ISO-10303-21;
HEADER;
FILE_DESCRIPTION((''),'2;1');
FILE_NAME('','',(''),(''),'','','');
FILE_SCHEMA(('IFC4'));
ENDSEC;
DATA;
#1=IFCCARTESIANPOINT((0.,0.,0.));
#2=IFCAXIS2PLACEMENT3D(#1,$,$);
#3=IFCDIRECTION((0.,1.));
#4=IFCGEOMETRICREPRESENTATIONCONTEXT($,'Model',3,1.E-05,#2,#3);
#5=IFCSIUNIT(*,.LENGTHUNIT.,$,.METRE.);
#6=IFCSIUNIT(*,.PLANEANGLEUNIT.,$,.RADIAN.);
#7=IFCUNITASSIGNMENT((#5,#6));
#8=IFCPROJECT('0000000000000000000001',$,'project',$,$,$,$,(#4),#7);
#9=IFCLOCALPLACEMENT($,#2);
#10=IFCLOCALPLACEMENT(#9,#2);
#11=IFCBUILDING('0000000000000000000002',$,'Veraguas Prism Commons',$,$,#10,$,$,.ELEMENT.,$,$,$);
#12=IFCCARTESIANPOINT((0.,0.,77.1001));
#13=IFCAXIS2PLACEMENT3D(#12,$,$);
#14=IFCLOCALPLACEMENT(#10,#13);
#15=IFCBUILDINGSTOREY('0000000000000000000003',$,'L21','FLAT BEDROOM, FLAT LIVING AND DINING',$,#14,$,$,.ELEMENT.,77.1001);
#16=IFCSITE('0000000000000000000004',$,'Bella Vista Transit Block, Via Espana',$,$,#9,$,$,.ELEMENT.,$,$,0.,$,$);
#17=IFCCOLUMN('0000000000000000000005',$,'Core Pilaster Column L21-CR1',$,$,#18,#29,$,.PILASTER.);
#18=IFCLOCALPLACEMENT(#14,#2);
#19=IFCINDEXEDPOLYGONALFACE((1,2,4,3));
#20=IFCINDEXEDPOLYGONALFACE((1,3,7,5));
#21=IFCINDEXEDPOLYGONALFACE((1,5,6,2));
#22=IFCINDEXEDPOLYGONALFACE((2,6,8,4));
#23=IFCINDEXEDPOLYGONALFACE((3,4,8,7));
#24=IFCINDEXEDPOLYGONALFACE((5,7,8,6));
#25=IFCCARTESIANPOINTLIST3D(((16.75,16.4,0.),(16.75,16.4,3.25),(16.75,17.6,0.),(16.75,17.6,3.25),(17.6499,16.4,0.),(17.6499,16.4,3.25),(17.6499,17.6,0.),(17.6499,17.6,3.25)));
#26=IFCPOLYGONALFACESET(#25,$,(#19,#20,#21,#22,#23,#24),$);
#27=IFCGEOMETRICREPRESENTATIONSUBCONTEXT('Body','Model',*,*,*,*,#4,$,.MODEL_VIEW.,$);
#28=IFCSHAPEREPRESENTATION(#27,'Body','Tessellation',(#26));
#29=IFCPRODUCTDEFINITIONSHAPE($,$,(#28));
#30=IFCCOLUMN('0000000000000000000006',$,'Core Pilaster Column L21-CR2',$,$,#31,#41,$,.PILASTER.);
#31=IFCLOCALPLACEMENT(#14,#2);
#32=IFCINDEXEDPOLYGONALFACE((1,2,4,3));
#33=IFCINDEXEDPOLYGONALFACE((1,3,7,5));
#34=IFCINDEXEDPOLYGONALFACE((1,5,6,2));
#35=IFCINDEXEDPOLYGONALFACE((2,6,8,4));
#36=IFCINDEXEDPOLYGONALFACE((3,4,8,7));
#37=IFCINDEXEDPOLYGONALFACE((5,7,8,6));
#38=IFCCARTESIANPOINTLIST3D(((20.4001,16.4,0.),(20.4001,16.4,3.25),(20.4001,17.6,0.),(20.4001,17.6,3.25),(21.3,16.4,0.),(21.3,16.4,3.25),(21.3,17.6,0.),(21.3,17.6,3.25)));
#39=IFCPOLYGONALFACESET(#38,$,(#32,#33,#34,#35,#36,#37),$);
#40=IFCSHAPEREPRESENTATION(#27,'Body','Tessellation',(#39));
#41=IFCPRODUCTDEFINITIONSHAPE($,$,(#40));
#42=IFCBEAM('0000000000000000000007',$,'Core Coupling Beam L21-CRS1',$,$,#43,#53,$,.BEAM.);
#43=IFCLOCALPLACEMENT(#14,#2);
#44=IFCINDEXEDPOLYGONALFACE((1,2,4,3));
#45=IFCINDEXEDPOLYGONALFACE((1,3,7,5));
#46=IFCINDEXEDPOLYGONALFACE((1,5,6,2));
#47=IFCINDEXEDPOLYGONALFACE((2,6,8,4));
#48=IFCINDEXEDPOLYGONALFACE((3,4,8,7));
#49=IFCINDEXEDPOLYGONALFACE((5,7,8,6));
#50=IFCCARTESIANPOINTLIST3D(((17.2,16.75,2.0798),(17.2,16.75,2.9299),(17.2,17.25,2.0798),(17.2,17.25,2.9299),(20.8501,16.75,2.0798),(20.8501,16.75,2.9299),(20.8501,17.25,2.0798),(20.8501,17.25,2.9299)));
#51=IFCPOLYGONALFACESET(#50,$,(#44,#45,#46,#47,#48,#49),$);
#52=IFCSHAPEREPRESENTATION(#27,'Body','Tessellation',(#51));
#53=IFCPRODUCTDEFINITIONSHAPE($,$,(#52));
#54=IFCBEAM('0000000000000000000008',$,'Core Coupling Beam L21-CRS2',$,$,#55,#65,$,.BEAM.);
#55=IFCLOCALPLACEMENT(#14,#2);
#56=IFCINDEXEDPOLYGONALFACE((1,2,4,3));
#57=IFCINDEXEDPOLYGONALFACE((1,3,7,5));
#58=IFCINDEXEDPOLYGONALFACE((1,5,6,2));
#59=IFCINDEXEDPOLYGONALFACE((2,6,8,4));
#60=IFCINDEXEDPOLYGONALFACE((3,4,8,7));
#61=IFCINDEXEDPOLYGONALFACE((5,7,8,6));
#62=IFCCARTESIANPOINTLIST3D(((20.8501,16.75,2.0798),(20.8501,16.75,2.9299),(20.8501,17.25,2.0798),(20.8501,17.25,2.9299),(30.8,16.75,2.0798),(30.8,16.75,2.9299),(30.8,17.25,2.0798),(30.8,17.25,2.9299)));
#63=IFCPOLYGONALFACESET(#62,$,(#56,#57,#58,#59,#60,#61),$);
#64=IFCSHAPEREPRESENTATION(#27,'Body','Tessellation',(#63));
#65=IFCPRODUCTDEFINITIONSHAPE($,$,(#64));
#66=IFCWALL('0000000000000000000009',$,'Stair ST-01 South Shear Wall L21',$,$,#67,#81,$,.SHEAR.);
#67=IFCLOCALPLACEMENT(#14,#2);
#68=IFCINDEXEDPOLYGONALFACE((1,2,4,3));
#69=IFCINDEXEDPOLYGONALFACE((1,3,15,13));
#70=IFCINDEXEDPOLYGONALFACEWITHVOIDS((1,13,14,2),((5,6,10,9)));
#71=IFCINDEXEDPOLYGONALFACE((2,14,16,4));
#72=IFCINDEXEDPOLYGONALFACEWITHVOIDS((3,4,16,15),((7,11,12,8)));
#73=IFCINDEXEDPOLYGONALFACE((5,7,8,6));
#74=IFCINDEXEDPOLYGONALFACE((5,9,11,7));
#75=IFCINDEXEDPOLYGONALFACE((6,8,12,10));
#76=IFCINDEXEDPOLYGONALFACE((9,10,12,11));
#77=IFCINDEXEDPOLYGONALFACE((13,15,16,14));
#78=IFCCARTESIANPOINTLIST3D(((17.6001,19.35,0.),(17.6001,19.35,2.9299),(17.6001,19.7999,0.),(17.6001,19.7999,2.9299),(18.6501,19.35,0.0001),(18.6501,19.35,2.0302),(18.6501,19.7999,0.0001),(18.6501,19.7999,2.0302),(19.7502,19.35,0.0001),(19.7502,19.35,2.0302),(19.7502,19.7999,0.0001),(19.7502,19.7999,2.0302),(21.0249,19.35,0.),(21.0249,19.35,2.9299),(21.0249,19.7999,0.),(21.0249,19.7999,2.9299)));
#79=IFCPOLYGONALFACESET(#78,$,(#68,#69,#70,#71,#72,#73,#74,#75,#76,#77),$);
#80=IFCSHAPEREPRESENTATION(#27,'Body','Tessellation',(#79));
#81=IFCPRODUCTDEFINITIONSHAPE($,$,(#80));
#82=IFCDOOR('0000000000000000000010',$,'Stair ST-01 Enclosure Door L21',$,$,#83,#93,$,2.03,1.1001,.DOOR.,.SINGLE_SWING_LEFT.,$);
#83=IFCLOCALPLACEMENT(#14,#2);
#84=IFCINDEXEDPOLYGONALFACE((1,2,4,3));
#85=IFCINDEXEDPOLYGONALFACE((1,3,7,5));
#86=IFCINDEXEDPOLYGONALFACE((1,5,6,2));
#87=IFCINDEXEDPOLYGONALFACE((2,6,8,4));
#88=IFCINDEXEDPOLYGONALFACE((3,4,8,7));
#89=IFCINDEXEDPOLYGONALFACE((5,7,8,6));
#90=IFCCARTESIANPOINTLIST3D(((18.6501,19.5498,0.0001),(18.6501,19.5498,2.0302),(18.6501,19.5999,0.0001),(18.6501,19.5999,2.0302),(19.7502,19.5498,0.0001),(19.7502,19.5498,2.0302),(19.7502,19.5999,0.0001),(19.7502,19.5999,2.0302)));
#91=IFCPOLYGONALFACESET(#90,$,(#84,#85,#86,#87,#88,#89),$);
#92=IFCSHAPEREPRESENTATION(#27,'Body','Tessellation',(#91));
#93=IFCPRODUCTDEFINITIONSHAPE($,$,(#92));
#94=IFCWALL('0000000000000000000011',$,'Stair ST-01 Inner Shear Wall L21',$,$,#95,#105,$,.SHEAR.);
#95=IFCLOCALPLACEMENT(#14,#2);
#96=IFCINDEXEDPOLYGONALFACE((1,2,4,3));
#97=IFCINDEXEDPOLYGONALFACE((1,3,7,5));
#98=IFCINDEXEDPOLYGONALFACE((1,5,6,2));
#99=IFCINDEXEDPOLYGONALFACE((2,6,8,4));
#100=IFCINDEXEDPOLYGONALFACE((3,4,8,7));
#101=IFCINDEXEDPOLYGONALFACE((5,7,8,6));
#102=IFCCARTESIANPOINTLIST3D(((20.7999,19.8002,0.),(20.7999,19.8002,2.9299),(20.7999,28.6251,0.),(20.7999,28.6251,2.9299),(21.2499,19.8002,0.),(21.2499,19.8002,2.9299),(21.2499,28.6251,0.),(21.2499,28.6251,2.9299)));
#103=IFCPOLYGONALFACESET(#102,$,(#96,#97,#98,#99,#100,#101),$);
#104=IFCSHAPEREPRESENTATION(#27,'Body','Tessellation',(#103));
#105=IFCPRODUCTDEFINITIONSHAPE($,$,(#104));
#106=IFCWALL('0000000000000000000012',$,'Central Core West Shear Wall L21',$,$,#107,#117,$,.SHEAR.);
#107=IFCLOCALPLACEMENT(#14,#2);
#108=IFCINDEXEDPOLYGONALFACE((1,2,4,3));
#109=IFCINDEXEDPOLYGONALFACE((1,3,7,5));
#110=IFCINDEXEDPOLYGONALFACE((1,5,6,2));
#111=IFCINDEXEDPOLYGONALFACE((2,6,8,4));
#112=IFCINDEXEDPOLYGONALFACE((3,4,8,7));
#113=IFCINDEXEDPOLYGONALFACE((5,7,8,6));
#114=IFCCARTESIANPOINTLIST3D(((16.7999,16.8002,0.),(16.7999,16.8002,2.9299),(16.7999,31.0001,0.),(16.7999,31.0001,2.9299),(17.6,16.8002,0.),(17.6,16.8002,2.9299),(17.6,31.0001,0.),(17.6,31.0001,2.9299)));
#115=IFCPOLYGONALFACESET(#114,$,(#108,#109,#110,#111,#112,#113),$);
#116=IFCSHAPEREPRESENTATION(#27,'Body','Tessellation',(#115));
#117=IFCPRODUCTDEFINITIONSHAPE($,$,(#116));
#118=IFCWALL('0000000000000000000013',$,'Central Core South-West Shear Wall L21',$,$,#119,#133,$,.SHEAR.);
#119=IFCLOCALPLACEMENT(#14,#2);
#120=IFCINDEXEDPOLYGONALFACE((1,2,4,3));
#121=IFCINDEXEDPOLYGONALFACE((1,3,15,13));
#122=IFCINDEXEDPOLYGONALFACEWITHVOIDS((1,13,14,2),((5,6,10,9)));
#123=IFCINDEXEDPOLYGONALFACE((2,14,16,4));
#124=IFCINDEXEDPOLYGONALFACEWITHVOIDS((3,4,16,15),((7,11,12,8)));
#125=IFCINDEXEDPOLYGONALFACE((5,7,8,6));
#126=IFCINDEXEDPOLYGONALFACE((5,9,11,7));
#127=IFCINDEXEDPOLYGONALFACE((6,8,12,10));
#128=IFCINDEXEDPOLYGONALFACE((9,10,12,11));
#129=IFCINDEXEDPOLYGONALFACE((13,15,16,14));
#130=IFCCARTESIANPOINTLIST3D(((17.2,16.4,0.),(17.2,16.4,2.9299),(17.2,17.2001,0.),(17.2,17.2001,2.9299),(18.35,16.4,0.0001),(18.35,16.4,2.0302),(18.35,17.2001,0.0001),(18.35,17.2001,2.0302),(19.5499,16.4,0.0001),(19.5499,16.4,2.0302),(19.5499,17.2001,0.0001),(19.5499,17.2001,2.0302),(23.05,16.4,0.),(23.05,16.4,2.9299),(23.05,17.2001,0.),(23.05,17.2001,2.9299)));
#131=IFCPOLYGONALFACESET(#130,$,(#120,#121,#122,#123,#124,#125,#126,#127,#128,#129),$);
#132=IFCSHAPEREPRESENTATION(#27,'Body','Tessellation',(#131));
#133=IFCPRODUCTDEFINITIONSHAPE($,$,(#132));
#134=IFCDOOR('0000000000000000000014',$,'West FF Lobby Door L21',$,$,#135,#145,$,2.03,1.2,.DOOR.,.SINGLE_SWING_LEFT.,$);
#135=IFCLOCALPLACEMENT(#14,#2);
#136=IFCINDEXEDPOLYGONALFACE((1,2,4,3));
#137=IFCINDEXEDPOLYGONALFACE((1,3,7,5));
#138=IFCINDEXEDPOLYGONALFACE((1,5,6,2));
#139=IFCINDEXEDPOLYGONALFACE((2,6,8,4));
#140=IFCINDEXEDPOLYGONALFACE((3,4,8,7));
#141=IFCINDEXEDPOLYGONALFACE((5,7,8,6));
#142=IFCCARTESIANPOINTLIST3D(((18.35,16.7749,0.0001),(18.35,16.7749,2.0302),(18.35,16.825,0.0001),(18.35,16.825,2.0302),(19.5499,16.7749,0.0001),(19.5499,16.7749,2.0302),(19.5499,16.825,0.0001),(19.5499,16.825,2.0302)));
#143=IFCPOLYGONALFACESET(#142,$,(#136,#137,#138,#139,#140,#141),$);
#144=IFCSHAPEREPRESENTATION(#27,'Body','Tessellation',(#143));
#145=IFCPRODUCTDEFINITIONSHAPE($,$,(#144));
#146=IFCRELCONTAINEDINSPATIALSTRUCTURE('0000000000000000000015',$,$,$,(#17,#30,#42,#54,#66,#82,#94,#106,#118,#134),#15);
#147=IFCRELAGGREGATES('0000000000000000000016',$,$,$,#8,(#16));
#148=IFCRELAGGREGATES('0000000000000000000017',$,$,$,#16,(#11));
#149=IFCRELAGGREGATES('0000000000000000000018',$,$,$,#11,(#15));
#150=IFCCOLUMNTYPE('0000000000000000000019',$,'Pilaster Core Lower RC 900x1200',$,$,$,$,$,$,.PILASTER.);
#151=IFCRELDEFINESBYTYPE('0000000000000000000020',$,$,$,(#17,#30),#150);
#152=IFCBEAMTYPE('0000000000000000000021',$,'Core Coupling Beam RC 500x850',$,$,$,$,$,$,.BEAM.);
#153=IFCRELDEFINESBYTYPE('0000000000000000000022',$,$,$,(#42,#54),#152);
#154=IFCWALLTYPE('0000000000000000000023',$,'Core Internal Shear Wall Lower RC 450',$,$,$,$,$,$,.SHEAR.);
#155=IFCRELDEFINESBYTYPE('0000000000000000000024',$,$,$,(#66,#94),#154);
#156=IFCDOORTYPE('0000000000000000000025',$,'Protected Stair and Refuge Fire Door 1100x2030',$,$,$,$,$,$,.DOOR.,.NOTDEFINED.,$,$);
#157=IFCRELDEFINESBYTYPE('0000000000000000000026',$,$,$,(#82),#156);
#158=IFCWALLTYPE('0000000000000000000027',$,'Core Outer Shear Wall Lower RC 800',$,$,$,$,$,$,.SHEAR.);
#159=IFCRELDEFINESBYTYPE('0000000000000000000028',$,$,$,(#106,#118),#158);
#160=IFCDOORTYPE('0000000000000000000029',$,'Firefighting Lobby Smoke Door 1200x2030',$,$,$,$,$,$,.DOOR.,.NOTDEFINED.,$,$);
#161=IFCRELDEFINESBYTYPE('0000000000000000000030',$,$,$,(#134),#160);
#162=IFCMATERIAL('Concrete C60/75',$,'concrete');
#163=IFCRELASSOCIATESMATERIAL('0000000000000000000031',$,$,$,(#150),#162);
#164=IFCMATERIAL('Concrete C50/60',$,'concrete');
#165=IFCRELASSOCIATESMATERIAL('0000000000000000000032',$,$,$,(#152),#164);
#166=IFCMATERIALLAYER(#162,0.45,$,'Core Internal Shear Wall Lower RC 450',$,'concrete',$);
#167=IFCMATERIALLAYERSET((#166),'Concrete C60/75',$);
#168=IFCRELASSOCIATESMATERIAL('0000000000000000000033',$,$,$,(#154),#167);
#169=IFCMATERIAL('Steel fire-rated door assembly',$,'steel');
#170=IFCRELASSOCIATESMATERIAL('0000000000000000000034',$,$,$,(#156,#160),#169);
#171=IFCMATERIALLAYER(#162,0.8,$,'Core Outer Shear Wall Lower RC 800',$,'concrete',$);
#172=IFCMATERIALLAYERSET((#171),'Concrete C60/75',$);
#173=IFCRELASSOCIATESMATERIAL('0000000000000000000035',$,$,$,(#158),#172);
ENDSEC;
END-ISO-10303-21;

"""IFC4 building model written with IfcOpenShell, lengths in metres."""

from ifc_helpers import new_model, si_unit, direction, frame, frame_2d, origin, origin_2d, place, context, subcontext, project, spatial, rectangle, extrude, source, transform, mapped, material, layer, layer_set, material_profile, profile_set, type_object, element, fill, save


model = new_model("IFC4")

# Units and contexts
model_context = context("Model", 3, precision=1e-05, world=origin(), true_north=direction((0.0, 1.0)))
body_context = subcontext(model_context, "Body", "Model", "MODEL_VIEW")
ifc_project = project(units=[si_unit("LENGTHUNIT", "METRE"), si_unit("PLANEANGLEUNIT", "RADIAN")], contexts=[model_context])

# Site, building, storey
site_placement = place(None, origin())
site = spatial("IfcSite", under=ifc_project, at=site_placement, Name="Bella Vista Transit Block, Via Espana", CompositionType="ELEMENT", RefElevation=0.0)
building_placement = place(site_placement, origin())
building = spatial("IfcBuilding", under=site, at=building_placement, Name="Veraguas Prism Commons", CompositionType="ELEMENT")
storey_placement = place(building_placement, frame((0.0, 0.0, 77.1001)))
storey = spatial("IfcBuildingStorey", under=building, at=storey_placement, Name="L21", Description="FLAT BEDROOM, FLAT LIVING AND DINING", CompositionType="ELEMENT", Elevation=77.1001)

# Columns
ifc_material_1 = material(Name="Concrete C60/75", Category="concrete")
ifc_material_profile_1 = material_profile(ifc_material_1, rectangle(XDim=0.8999, YDim=1.2, at=origin_2d()), Name="RC900X1200")
ifc_profile_set_1 = profile_set([ifc_material_profile_1], Name="Concrete C60/75")
column_type = type_object("IfcColumnType", Name="Pilaster Core Lower RC 900x1200", PredefinedType="PILASTER", material=ifc_profile_set_1)
for number, where, z_axis, x_axis, name in (
    (1, (17.2, 17.0, 0.0), (0.0, 0.0, 1.0), (1.0, 0.0, 0.0), "Core Pilaster Column L21-CR1"),
    (2, (20.8501, 17.0, 0.0), (0.0, 0.0, 1.0), (1.0, 0.0, 0.0), "Core Pilaster Column L21-CR2"),
):
    element("IfcColumn", number, at=place(storey_placement, frame(where, z_axis=z_axis, x_axis=x_axis)), inside=storey, type_object=column_type, Name=name, PredefinedType="PILASTER", context=body_context, shape_type="SweptSolid", body=[
        extrude(rectangle(XDim=0.8999, YDim=1.2, at=origin_2d()), origin(), (0.0, 0.0, 1.0), 3.25),
    ])

# Beams
ifc_material_2 = material(Name="Concrete C50/60", Category="concrete")
ifc_material_profile_2 = material_profile(ifc_material_2, rectangle(XDim=0.5, YDim=0.8501, at=origin_2d()), Name="RC500X850")
ifc_profile_set_2 = profile_set([ifc_material_profile_2], Name="Concrete C50/60")
beam_type = type_object("IfcBeamType", Name="Core Coupling Beam RC 500x850", PredefinedType="BEAM", material=ifc_profile_set_2)
beam_1_placement = place(storey_placement, frame((17.2, 17.0, 2.5049), z_axis=(1.0, 0.0, 0.0), x_axis=(0.0, 1.0, 0.0)))
element("IfcBeam", 3, at=beam_1_placement, inside=storey, type_object=beam_type, Name="Core Coupling Beam L21-CRS1", PredefinedType="BEAM", context=body_context, shape_type="SweptSolid", body=[
    extrude(rectangle(XDim=0.5, YDim=0.8501, at=origin_2d()), origin(), (0.0, 0.0, 1.0), 3.6501),
])
beam_2_placement = place(storey_placement, frame((20.8501, 17.0, 2.5049), z_axis=(1.0, 0.0, 0.0), x_axis=(0.0, 1.0, 0.0)))
element("IfcBeam", 4, at=beam_2_placement, inside=storey, type_object=beam_type, Name="Core Coupling Beam L21-CRS2", PredefinedType="BEAM", context=body_context, shape_type="SweptSolid", body=[
    extrude(rectangle(XDim=0.5, YDim=0.8501, at=origin_2d()), origin(), (0.0, 0.0, 1.0), 9.95),
])

# Wall, opening, door
ifc_layer_1 = layer(ifc_material_1, 0.45, Name="Core Internal Shear Wall Lower RC 450", Category="concrete")
ifc_layer_set_1 = layer_set([ifc_layer_1], Name="Concrete C60/75")
wall_type_1 = type_object("IfcWallType", Name="Core Internal Shear Wall Lower RC 450", PredefinedType="SHEAR", material=ifc_layer_set_1)
wall_1_placement = place(storey_placement, frame((17.6001, 19.575, 0.0), z_axis=(0.0, 0.0, 1.0), x_axis=(1.0, 0.0, 0.0)))
wall_1 = element("IfcWall", 5, at=wall_1_placement, inside=storey, type_object=wall_type_1, Name="Stair ST-01 South Shear Wall L21", PredefinedType="SHEAR", context=body_context, shape_type="SweptSolid", body=[
    extrude(rectangle(XDim=3.4248, YDim=0.45, at=frame_2d((1.7124, 0.0))), origin(), (0.0, 0.0, 1.0), 2.9299),
])
opening_1_placement = place(wall_1_placement, frame((1.05, 0.0, 0.0)))
opening_1 = element("IfcOpeningElement", 6, at=opening_1_placement, cuts=wall_1, PredefinedType="OPENING", context=body_context, shape_type="SweptSolid", body=[
    extrude(rectangle(XDim=1.1001, YDim=2.03, at=frame_2d((0.55, 1.0151))), frame((0.0, 0.2349, 0.0), z_axis=(0.0, -1.0, 0.0), x_axis=(1.0, 0.0, 0.0)), (0.0, 0.0, 1.0), 0.47),
])
ifc_material_3 = material(Name="Steel fire-rated door assembly", Category="steel")
door_type_1 = type_object("IfcDoorType", Name="Protected Stair and Refuge Fire Door 1100x2030", OperationType="NOTDEFINED", PredefinedType="DOOR", material=ifc_material_3)
shared_shape_1 = source(origin(), body_context, "Body", "SweptSolid", [
    extrude(rectangle(XDim=1.1001, YDim=2.03, at=frame_2d((0.55, 1.0151))), frame((0.0, 0.0249, 0.0), z_axis=(0.0, -1.0, 0.0), x_axis=(1.0, 0.0, 0.0)), (0.0, 0.0, 1.0), 0.05),
])
door_1_placement = place(opening_1_placement, origin())
door_1 = element("IfcDoor", 7, at=door_1_placement, inside=storey, type_object=door_type_1, Name="Stair ST-01 Enclosure Door L21", OperationType="SINGLE_SWING_LEFT", OverallHeight=2.03, OverallWidth=1.1001, PredefinedType="DOOR", context=body_context, shape_type="MappedRepresentation", body=[
    mapped(shared_shape_1, transform((0.0, 0.0, 0.0), scale=1.0)),
])
fill(opening_1, door_1)

# Walls
wall_2_placement = place(storey_placement, frame((21.0249, 19.8, 0.0), z_axis=(0.0, 0.0, 1.0), x_axis=(0.0, 1.0, 0.0)))
element("IfcWall", 8, at=wall_2_placement, inside=storey, type_object=wall_type_1, Name="Stair ST-01 Inner Shear Wall L21", PredefinedType="SHEAR", context=body_context, shape_type="SweptSolid", body=[
    extrude(rectangle(XDim=8.825, YDim=0.45, at=frame_2d((4.4126, 0.0))), origin(), (0.0, 0.0, 1.0), 2.9299),
])
ifc_layer_2 = layer(ifc_material_1, 0.8, Name="Core Outer Shear Wall Lower RC 800", Category="concrete")
ifc_layer_set_2 = layer_set([ifc_layer_2], Name="Concrete C60/75")
wall_type_2 = type_object("IfcWallType", Name="Core Outer Shear Wall Lower RC 800", PredefinedType="SHEAR", material=ifc_layer_set_2)
wall_3_placement = place(storey_placement, frame((17.2, 16.8, 0.0), z_axis=(0.0, 0.0, 1.0), x_axis=(0.0, 1.0, 0.0)))
element("IfcWall", 9, at=wall_3_placement, inside=storey, type_object=wall_type_2, Name="Central Core West Shear Wall L21", PredefinedType="SHEAR", context=body_context, shape_type="SweptSolid", body=[
    extrude(rectangle(XDim=14.2, YDim=0.8, at=frame_2d((7.1001, 0.0))), origin(), (0.0, 0.0, 1.0), 2.9299),
])

# Wall, opening, door
wall_4_placement = place(storey_placement, frame((17.2, 16.8, 0.0), z_axis=(0.0, 0.0, 1.0), x_axis=(1.0, 0.0, 0.0)))
wall_4 = element("IfcWall", 10, at=wall_4_placement, inside=storey, type_object=wall_type_2, Name="Central Core South-West Shear Wall L21", PredefinedType="SHEAR", context=body_context, shape_type="SweptSolid", body=[
    extrude(rectangle(XDim=5.8501, YDim=0.8, at=frame_2d((2.925, 0.0))), origin(), (0.0, 0.0, 1.0), 2.9299),
])
opening_2_placement = place(wall_4_placement, frame((1.1499, 0.0, 0.0)))
opening_2 = element("IfcOpeningElement", 11, at=opening_2_placement, cuts=wall_4, PredefinedType="OPENING", context=body_context, shape_type="SweptSolid", body=[
    extrude(rectangle(XDim=1.2, YDim=2.03, at=frame_2d((0.6001, 1.0151))), frame((0.0, 0.4099, 0.0), z_axis=(0.0, -1.0, 0.0), x_axis=(1.0, 0.0, 0.0)), (0.0, 0.0, 1.0), 0.8201),
])
door_type_2 = type_object("IfcDoorType", Name="Firefighting Lobby Smoke Door 1200x2030", OperationType="NOTDEFINED", PredefinedType="DOOR", material=ifc_material_3)
shared_shape_2 = source(origin(), body_context, "Body", "SweptSolid", [
    extrude(rectangle(XDim=1.2, YDim=2.03, at=frame_2d((0.6001, 1.0151))), frame((0.0, 0.0249, 0.0), z_axis=(0.0, -1.0, 0.0), x_axis=(1.0, 0.0, 0.0)), (0.0, 0.0, 1.0), 0.05),
])
door_2_placement = place(opening_2_placement, origin())
door_2 = element("IfcDoor", 12, at=door_2_placement, inside=storey, type_object=door_type_2, Name="West FF Lobby Door L21", OperationType="SINGLE_SWING_LEFT", OverallHeight=2.03, OverallWidth=1.2, PredefinedType="DOOR", context=body_context, shape_type="MappedRepresentation", body=[
    mapped(shared_shape_2, transform((0.0, 0.0, 0.0), scale=1.0)),
])
fill(opening_2, door_2)

save(model, "model.ifc")
